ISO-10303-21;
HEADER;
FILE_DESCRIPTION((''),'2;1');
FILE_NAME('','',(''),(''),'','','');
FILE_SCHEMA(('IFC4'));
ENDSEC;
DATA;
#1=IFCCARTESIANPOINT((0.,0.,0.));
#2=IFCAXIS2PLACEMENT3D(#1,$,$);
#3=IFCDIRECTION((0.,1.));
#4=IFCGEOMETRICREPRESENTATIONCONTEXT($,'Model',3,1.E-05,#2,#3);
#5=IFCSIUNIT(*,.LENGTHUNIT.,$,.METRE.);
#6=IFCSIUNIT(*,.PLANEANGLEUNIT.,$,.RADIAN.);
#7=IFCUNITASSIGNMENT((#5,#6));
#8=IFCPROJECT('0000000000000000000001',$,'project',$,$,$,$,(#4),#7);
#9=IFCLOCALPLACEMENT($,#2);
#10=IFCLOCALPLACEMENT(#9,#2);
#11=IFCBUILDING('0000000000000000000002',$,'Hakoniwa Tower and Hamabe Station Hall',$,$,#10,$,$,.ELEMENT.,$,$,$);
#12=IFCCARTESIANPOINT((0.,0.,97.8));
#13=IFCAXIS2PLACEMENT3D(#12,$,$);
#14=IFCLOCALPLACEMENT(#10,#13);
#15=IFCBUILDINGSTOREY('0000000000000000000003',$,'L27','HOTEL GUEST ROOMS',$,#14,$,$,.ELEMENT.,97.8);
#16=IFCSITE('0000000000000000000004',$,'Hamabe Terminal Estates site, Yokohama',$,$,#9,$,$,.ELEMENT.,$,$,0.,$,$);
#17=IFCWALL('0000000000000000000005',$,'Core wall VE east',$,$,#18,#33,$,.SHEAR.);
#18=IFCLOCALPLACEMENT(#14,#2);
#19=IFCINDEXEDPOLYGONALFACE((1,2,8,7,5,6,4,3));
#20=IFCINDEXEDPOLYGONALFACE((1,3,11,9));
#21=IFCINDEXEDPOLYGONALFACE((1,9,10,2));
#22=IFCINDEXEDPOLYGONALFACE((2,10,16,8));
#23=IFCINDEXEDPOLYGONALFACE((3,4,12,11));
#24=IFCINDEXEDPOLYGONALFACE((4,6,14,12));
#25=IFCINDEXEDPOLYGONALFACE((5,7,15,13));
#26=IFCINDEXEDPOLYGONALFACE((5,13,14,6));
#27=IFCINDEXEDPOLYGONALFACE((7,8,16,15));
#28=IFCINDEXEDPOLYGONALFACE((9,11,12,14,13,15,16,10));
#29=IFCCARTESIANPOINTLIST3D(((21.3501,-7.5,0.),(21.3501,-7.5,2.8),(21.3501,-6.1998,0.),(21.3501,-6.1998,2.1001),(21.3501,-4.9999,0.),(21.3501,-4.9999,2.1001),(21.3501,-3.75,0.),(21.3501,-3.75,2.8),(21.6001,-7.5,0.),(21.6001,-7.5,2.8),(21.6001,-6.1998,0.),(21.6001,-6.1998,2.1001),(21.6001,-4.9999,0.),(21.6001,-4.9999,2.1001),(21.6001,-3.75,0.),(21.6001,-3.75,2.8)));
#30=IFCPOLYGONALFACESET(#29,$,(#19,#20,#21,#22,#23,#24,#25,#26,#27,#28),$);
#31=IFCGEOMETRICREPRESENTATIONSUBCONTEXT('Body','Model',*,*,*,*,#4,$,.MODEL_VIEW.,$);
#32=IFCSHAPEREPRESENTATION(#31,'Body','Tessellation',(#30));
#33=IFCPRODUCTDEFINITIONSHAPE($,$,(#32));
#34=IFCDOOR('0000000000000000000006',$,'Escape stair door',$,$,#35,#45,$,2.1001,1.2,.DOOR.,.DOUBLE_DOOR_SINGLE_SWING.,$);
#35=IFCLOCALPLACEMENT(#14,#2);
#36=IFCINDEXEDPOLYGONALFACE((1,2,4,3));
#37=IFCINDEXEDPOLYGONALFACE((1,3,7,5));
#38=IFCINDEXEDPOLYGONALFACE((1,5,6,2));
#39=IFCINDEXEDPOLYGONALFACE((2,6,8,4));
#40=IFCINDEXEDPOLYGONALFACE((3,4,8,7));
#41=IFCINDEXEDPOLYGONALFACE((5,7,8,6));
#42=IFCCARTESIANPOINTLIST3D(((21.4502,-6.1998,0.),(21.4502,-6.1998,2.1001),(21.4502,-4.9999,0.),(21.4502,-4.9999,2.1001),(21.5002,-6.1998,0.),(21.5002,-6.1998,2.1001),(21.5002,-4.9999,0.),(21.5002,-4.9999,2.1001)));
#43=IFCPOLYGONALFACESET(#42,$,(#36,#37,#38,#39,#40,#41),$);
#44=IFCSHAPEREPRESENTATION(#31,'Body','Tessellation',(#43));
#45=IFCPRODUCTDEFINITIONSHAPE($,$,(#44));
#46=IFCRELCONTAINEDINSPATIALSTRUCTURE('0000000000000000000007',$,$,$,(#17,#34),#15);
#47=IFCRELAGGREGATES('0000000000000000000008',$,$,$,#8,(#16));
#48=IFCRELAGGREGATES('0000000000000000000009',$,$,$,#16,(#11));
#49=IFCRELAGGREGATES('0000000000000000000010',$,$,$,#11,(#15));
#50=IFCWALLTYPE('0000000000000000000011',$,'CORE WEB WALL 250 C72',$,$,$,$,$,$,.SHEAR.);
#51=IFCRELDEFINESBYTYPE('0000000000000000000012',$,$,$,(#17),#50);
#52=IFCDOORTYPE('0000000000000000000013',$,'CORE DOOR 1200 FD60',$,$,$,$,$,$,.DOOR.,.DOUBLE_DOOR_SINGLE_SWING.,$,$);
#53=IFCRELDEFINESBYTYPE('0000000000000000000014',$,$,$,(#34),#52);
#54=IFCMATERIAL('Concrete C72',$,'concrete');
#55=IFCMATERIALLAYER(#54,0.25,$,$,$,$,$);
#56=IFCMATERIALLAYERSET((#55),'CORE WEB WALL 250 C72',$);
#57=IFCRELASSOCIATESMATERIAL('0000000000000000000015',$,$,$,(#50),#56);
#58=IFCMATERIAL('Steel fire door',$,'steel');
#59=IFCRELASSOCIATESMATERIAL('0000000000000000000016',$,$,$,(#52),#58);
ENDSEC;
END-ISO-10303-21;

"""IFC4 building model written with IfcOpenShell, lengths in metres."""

from ifc_helpers import new_model, si_unit, direction, frame, frame_2d, origin, place, context, subcontext, project, spatial, rectangle, extrude, material, layer, layer_set, type_object, element, fill, save


model = new_model("IFC4")

# Units and contexts
model_context = context("Model", 3, precision=1e-05, world=origin(), true_north=direction((0.0, 1.0)))
body_context = subcontext(model_context, "Body", "Model", "MODEL_VIEW")
ifc_project = project(units=[si_unit("LENGTHUNIT", "METRE"), si_unit("PLANEANGLEUNIT", "RADIAN")], contexts=[model_context])

# Site, building, storey
site_placement = place(None, origin())
site = spatial("IfcSite", under=ifc_project, at=site_placement, Name="Hamabe Terminal Estates site, Yokohama", CompositionType="ELEMENT", RefElevation=0.0)
building_placement = place(site_placement, origin())
building = spatial("IfcBuilding", under=site, at=building_placement, Name="Hakoniwa Tower and Hamabe Station Hall", CompositionType="ELEMENT")
storey_placement = place(building_placement, frame((0.0, 0.0, 97.8)))
storey = spatial("IfcBuildingStorey", under=building, at=storey_placement, Name="L27", Description="HOTEL GUEST ROOMS", CompositionType="ELEMENT", Elevation=97.8)

# Shared definitions
ifc_material_1 = material(Name="Concrete C72", Category="concrete")
ifc_layer_1 = layer(ifc_material_1, 0.25)
ifc_layer_set_1 = layer_set([ifc_layer_1], Name="CORE WEB WALL 250 C72")
wall_type_1 = type_object("IfcWallType", Name="CORE WEB WALL 250 C72", PredefinedType="SHEAR", material=ifc_layer_set_1)

# Wall, opening, door
wall_1_placement = place(storey_placement, frame((21.4751, -7.5, 0.0), z_axis=(0.0, 0.0, 1.0), x_axis=(0.0, 1.0, 0.0)))
wall_1 = element("IfcWall", 1, at=wall_1_placement, inside=storey, type_object=wall_type_1, Name="Core wall VE east", PredefinedType="SHEAR", context=body_context, shape_type="SweptSolid", body=[
    extrude(rectangle(XDim=3.75, YDim=0.25, at=frame_2d((1.875, 0.0))), origin(), (0.0, 0.0, 1.0), 2.8),
])
opening_1_placement = place(wall_1_placement, frame((1.3, 0.0, 0.0)))
opening_1 = element("IfcOpeningElement", 2, at=opening_1_placement, cuts=wall_1, PredefinedType="OPENING", context=body_context, shape_type="SweptSolid", body=[
    extrude(rectangle(XDim=1.2, YDim=2.1001, at=frame_2d((0.6001, 1.05))), frame((0.0, 0.135, 0.0), z_axis=(0.0, -1.0, 0.0), x_axis=(1.0, 0.0, 0.0)), (0.0, 0.0, 1.0), 0.27),
])
ifc_material_2 = material(Name="Steel fire door", Category="steel")
door_type_1 = type_object("IfcDoorType", Name="CORE DOOR 1200 FD60", OperationType="DOUBLE_DOOR_SINGLE_SWING", PredefinedType="DOOR", material=ifc_material_2)
door_1_placement = place(opening_1_placement, origin())
door_1 = element("IfcDoor", 3, at=door_1_placement, inside=storey, type_object=door_type_1, Name="Escape stair door", OperationType="DOUBLE_DOOR_SINGLE_SWING", OverallHeight=2.1001, OverallWidth=1.2, PredefinedType="DOOR", context=body_context, shape_type="SweptSolid", body=[
    extrude(rectangle(XDim=1.2, YDim=2.1001, at=frame_2d((0.6001, 1.05))), frame((0.0, 0.0249, 0.0), z_axis=(0.0, -1.0, 0.0), x_axis=(1.0, 0.0, 0.0)), (0.0, 0.0, 1.0), 0.05),
])
fill(opening_1, door_1)

save(model, "model.ifc")
